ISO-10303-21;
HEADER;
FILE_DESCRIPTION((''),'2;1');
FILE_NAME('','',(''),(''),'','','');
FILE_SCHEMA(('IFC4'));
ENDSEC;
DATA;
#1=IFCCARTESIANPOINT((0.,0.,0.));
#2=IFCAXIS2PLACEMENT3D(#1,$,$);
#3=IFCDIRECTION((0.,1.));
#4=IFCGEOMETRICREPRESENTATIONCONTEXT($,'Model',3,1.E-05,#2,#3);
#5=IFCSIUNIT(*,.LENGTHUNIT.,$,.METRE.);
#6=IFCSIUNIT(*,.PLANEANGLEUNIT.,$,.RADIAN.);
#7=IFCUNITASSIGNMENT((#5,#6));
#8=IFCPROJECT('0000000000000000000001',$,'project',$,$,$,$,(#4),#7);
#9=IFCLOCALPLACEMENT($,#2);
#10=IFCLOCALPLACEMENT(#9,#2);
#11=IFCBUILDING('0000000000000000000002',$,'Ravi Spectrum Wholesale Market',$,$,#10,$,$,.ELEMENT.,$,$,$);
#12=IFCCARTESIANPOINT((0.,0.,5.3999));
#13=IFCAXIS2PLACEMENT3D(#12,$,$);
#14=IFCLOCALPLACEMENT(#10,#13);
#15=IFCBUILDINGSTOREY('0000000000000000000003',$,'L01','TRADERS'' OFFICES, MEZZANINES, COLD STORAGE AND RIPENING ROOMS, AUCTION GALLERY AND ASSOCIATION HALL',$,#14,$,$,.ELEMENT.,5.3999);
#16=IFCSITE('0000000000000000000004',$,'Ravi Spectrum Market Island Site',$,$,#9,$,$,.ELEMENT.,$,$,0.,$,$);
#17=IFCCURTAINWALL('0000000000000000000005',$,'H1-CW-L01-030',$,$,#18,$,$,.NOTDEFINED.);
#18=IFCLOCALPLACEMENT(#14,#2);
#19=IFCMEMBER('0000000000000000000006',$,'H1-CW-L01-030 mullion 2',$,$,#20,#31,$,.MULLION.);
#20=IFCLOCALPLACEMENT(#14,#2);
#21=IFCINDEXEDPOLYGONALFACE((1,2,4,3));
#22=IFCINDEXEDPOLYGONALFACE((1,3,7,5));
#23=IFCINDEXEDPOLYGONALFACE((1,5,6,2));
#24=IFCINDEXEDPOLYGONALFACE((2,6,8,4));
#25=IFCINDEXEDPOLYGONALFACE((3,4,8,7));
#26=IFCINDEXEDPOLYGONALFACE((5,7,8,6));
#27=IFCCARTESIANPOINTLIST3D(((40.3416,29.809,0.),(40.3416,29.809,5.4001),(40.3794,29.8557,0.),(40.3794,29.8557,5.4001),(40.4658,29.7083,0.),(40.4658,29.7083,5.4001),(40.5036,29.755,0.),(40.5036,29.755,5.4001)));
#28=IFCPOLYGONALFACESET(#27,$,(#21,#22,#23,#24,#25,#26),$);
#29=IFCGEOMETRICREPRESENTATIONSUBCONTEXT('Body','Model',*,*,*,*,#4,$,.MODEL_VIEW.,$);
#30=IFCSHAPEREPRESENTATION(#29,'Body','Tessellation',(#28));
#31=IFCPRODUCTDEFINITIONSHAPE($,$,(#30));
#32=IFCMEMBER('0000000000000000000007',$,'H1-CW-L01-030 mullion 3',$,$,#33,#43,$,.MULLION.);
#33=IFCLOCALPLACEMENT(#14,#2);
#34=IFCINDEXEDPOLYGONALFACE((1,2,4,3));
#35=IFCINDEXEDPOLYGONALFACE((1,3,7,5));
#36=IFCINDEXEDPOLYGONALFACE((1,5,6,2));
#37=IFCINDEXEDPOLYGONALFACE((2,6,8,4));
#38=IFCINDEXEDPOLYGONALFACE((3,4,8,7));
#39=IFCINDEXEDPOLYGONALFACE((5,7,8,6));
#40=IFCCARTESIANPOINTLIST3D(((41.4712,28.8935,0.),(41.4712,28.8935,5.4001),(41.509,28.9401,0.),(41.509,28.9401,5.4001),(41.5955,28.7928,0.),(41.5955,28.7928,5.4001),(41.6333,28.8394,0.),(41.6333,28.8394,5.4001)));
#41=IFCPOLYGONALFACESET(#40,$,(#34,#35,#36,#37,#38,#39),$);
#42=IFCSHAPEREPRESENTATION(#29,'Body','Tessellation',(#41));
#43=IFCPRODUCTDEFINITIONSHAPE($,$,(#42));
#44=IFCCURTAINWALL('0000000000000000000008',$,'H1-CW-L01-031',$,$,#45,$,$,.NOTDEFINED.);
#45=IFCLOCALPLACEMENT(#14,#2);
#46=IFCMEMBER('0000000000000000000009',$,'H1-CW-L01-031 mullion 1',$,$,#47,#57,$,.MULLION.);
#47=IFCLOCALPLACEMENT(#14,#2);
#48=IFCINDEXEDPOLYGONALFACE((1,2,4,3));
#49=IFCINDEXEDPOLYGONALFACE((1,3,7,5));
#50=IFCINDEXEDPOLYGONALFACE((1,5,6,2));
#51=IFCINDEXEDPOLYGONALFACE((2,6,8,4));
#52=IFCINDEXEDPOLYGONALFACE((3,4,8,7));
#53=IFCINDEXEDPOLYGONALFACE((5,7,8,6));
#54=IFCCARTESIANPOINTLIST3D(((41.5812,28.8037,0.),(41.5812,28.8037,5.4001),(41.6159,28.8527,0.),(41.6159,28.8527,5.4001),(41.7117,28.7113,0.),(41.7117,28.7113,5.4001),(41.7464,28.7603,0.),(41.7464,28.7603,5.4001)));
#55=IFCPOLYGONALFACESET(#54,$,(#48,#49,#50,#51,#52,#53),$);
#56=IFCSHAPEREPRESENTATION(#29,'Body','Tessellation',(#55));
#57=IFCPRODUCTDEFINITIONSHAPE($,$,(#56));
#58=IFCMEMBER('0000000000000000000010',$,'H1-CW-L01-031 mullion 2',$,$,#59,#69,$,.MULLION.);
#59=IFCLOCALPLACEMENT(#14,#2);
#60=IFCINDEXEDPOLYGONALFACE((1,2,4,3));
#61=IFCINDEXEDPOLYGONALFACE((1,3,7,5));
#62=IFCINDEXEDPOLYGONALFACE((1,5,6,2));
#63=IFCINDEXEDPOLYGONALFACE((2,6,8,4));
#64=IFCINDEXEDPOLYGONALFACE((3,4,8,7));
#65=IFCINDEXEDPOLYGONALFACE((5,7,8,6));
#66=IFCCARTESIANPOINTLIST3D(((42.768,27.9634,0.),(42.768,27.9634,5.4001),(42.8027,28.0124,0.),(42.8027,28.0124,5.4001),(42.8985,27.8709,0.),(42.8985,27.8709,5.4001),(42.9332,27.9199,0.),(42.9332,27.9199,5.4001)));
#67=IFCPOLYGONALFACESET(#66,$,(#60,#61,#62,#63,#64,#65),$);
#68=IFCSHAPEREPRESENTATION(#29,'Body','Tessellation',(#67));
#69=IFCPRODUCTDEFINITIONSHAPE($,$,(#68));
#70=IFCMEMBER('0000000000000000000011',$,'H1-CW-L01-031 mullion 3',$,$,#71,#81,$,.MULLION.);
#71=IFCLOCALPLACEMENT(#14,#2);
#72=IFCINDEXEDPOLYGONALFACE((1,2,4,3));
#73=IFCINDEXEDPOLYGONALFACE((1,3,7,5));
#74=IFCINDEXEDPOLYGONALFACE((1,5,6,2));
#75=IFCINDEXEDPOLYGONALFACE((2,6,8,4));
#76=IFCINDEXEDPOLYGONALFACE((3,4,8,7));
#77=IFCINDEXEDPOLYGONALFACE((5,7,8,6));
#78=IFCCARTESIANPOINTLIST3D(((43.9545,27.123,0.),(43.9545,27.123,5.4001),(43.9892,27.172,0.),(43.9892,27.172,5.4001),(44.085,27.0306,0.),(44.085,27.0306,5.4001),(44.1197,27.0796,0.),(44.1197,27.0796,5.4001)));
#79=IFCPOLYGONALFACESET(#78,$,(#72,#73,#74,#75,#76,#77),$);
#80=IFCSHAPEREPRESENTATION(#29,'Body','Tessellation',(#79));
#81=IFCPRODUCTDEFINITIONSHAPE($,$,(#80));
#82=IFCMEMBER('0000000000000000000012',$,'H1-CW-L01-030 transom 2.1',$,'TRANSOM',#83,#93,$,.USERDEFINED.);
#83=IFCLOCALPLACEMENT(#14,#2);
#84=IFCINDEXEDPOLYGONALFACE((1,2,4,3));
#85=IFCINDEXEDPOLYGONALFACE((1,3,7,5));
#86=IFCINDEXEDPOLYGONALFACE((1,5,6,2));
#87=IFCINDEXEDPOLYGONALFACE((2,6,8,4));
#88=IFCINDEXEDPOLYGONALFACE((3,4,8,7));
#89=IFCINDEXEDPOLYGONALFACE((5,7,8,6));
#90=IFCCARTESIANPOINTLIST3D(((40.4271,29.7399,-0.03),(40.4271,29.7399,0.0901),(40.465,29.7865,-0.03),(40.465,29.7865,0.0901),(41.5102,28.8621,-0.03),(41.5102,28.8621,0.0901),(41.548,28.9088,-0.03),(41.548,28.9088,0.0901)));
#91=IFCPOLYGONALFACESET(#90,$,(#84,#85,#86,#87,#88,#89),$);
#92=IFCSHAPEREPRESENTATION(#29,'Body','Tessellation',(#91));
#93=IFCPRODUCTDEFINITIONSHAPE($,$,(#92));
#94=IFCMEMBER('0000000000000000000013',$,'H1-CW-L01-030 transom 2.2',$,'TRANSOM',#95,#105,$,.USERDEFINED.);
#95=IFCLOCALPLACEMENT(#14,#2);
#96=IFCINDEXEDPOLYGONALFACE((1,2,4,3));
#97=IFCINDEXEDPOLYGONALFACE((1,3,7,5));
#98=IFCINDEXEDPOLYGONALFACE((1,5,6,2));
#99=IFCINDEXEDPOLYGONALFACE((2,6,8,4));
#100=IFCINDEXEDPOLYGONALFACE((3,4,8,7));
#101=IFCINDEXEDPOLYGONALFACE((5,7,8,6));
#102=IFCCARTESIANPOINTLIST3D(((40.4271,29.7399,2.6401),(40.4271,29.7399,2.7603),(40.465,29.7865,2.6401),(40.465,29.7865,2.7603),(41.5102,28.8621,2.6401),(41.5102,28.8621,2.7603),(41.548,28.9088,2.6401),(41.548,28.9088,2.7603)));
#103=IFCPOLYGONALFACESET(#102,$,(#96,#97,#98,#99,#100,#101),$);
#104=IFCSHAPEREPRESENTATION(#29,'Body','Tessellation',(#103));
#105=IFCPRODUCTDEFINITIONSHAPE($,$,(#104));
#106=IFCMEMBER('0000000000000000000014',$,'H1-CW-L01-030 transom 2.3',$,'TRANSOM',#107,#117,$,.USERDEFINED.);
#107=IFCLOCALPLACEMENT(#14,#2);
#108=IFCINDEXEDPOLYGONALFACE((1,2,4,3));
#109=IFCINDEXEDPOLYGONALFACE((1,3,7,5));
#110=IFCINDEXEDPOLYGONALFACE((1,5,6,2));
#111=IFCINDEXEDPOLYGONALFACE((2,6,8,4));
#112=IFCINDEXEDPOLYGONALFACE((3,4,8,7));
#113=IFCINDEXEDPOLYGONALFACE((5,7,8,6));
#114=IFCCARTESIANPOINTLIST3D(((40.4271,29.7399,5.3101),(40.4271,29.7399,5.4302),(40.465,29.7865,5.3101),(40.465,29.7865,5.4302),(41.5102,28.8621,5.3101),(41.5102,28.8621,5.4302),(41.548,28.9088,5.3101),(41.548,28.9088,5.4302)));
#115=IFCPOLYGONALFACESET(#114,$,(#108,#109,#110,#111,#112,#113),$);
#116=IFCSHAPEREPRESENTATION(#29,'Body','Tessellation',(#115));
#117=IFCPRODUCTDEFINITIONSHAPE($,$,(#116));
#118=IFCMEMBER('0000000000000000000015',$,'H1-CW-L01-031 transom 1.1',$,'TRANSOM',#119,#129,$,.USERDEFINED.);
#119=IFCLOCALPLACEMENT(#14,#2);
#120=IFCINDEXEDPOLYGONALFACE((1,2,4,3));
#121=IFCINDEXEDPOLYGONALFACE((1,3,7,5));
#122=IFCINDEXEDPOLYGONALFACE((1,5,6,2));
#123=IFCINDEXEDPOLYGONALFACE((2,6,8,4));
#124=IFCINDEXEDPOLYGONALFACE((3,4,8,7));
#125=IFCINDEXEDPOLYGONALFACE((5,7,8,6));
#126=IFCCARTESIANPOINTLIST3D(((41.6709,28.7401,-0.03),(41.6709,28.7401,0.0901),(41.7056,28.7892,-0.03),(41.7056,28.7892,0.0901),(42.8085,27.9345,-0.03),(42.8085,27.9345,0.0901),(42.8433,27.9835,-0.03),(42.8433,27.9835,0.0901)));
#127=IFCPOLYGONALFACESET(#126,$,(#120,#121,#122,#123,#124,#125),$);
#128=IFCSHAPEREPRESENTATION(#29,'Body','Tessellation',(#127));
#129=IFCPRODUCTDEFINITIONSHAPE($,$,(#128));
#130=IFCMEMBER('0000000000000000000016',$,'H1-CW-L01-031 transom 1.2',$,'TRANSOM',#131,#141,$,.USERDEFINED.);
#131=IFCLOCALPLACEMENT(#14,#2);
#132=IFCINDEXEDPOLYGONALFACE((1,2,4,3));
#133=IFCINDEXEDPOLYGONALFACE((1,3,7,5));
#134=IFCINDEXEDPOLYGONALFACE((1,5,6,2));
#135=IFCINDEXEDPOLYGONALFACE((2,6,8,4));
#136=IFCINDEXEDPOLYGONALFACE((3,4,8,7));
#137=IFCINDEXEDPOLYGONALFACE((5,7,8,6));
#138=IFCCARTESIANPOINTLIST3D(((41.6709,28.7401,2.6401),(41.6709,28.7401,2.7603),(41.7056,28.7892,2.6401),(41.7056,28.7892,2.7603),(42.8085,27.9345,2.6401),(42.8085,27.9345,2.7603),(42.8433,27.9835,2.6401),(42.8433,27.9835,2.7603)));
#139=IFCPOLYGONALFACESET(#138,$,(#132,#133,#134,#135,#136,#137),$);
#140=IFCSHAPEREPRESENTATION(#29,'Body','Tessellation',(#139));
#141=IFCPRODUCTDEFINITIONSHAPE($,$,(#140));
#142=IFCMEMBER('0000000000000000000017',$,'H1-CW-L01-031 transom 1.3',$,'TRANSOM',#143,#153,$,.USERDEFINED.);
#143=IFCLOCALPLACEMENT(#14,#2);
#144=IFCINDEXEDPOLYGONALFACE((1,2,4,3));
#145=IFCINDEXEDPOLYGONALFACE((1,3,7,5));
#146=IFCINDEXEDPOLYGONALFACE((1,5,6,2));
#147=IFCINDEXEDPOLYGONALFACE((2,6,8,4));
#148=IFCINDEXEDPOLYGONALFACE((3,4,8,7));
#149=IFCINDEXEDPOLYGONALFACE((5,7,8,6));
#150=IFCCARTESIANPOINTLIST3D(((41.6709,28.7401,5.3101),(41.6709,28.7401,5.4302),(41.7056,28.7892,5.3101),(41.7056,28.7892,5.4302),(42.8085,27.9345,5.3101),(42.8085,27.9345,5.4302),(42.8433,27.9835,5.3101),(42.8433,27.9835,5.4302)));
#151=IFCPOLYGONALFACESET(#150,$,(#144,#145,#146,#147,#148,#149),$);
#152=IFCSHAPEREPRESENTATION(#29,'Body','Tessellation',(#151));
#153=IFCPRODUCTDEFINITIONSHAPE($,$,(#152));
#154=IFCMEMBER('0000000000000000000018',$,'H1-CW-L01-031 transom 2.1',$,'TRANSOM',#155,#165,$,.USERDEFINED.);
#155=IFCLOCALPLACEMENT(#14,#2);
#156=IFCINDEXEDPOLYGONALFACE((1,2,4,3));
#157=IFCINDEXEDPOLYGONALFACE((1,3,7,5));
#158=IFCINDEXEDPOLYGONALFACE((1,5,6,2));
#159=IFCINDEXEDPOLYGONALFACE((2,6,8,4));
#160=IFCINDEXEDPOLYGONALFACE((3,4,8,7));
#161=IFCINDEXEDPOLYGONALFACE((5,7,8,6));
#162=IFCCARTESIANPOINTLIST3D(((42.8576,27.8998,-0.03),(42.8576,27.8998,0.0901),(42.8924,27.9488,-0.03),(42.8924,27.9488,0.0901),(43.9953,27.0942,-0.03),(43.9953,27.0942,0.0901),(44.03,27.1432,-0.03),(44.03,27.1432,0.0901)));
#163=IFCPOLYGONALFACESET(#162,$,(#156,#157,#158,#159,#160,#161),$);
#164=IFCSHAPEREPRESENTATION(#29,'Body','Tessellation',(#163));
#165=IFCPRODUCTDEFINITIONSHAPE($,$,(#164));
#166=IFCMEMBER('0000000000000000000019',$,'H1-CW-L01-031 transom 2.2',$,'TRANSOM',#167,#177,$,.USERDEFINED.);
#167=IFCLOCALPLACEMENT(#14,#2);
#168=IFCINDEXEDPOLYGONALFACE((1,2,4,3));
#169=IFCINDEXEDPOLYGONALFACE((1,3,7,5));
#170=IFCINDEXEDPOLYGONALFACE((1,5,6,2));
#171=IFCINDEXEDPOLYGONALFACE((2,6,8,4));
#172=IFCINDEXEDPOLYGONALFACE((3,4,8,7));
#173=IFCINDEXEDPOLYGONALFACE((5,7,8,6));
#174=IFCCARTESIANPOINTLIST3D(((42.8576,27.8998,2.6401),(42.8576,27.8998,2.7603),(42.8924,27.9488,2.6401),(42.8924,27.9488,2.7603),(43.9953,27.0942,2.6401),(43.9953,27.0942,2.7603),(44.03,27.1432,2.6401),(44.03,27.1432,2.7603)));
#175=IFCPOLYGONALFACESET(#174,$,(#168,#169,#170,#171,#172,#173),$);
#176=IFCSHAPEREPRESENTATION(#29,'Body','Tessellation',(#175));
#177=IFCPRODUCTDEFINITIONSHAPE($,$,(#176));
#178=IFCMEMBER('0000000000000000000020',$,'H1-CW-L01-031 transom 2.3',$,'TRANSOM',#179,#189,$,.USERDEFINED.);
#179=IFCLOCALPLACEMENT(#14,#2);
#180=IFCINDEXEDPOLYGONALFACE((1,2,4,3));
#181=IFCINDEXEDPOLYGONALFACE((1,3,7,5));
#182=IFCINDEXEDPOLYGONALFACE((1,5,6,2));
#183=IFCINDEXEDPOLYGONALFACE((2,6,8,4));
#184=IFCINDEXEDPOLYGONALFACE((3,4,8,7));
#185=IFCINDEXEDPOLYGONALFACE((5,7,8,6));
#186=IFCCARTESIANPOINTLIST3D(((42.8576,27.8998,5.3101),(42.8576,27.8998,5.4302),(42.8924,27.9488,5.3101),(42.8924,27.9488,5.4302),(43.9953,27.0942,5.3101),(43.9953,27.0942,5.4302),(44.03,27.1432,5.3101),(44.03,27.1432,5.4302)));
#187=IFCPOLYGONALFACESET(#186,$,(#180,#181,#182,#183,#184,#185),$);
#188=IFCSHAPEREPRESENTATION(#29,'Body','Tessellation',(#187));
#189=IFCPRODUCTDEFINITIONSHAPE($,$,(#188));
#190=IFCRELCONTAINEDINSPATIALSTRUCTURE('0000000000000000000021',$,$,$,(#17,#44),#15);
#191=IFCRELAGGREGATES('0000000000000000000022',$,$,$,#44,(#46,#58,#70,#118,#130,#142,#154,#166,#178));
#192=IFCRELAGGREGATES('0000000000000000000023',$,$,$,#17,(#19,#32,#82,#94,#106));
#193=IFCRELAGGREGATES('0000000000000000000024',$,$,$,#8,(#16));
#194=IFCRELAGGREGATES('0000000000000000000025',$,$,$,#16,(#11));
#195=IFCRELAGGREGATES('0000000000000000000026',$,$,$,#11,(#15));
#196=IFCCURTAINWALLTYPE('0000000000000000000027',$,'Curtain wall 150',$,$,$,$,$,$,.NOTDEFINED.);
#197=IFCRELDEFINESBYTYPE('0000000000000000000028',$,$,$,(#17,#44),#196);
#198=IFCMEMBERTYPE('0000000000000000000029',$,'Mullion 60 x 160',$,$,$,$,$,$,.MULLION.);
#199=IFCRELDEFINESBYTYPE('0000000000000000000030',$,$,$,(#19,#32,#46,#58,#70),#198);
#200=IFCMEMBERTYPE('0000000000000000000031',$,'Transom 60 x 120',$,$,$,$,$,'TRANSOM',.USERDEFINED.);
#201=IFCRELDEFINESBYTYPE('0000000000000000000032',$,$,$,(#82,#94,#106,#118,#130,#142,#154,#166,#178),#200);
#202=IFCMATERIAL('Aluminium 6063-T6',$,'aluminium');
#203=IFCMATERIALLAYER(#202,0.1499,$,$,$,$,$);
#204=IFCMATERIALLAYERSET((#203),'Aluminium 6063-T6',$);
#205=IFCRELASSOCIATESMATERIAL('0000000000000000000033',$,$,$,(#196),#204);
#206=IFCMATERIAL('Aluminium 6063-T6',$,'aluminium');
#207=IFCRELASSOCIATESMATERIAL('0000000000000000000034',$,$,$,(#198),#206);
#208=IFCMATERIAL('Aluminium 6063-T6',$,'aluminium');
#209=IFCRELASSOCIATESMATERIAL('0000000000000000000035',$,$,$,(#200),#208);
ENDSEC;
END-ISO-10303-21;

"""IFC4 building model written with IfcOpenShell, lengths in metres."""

from ifc_helpers import new_model, si_unit, direction, frame, origin, origin_2d, place, context, subcontext, project, spatial, rectangle, extrude, material, layer, layer_set, material_profile, profile_set, type_object, element, aggregate, save


model = new_model("IFC4")

# Units and contexts
model_context = context("Model", 3, precision=1e-05, world=origin(), true_north=direction((0.0, 1.0)))
body_context = subcontext(model_context, "Body", "Model", "MODEL_VIEW")
ifc_project = project(units=[si_unit("LENGTHUNIT", "METRE"), si_unit("PLANEANGLEUNIT", "RADIAN")], contexts=[model_context])

# Site, building, storey
site_placement = place(None, origin())
site = spatial("IfcSite", under=ifc_project, at=site_placement, Name="Ravi Spectrum Market Island Site", CompositionType="ELEMENT", RefElevation=0.0)
building_placement = place(site_placement, origin())
building = spatial("IfcBuilding", under=site, at=building_placement, Name="Ravi Spectrum Wholesale Market", CompositionType="ELEMENT")
storey_placement = place(building_placement, frame((0.0, 0.0, 5.3999)))
storey = spatial("IfcBuildingStorey", under=building, at=storey_placement, Name="L01", Description="TRADERS' OFFICES, MEZZANINES, COLD STORAGE AND RIPENING ROOMS, AUCTION GALLERY AND ASSOCIATION HALL", CompositionType="ELEMENT", Elevation=5.3999)

# Curtain walls, members
ifc_material_1 = material(Name="Aluminium 6063-T6", Category="aluminium")
ifc_layer_1 = layer(ifc_material_1, 0.1499)
ifc_layer_set_1 = layer_set([ifc_layer_1], Name="Aluminium 6063-T6")
curtain_wall_type = type_object("IfcCurtainWallType", Name="Curtain wall 150", PredefinedType="NOTDEFINED", material=ifc_layer_set_1)
curtain_wall_1_placement = place(storey_placement, origin())
curtain_wall_1 = element("IfcCurtainWall", 1, at=curtain_wall_1_placement, inside=storey, type_object=curtain_wall_type, Name="H1-CW-L01-030", PredefinedType="NOTDEFINED")
ifc_material_2 = material(Name="Aluminium 6063-T6", Category="aluminium")
ifc_material_profile_1 = material_profile(ifc_material_2, rectangle(XDim=0.0601, YDim=0.1599, at=origin_2d()))
ifc_profile_set_1 = profile_set([ifc_material_profile_1], Name="Aluminium 6063-T6")
member_type_1 = type_object("IfcMemberType", Name="Mullion 60 x 160", PredefinedType="MULLION", material=ifc_profile_set_1)
member_1_placement = place(storey_placement, frame((40.4226, 29.782, 0.0), z_axis=(0.0, 0.0, 1.0), x_axis=(0.629635, 0.776891, 0.0)))
member_1 = element("IfcMember", 2, at=member_1_placement, type_object=member_type_1, Name="H1-CW-L01-030 mullion 2", PredefinedType="MULLION", context=body_context, shape_type="SweptSolid", body=[
    extrude(rectangle(XDim=0.0601, YDim=0.1599, at=origin_2d()), origin(), (0.0, 0.0, 1.0), 5.4001),
])
member_2_placement = place(storey_placement, frame((41.5522, 28.8665, 0.0), z_axis=(0.0, 0.0, 1.0), x_axis=(0.629635, 0.776891, 0.0)))
member_2 = element("IfcMember", 3, at=member_2_placement, type_object=member_type_1, Name="H1-CW-L01-030 mullion 3", PredefinedType="MULLION", context=body_context, shape_type="SweptSolid", body=[
    extrude(rectangle(XDim=0.0601, YDim=0.1599, at=origin_2d()), origin(), (0.0, 0.0, 1.0), 5.4001),
])
curtain_wall_2_placement = place(storey_placement, origin())
curtain_wall_2 = element("IfcCurtainWall", 4, at=curtain_wall_2_placement, inside=storey, type_object=curtain_wall_type, Name="H1-CW-L01-031", PredefinedType="NOTDEFINED")
member_3_placement = place(storey_placement, frame((41.6638, 28.782, 0.0), z_axis=(0.0, 0.0, 1.0), x_axis=(0.577953, 0.81607, 0.0)))
member_3 = element("IfcMember", 5, at=member_3_placement, type_object=member_type_1, Name="H1-CW-L01-031 mullion 1", PredefinedType="MULLION", context=body_context, shape_type="SweptSolid", body=[
    extrude(rectangle(XDim=0.0601, YDim=0.1599, at=origin_2d()), origin(), (0.0, 0.0, 1.0), 5.4001),
])
member_4_placement = place(storey_placement, frame((42.8506, 27.9417, 0.0), z_axis=(0.0, 0.0, 1.0), x_axis=(0.577953, 0.81607, 0.0)))
member_4 = element("IfcMember", 6, at=member_4_placement, type_object=member_type_1, Name="H1-CW-L01-031 mullion 2", PredefinedType="MULLION", context=body_context, shape_type="SweptSolid", body=[
    extrude(rectangle(XDim=0.0601, YDim=0.1599, at=origin_2d()), origin(), (0.0, 0.0, 1.0), 5.4001),
])
member_5_placement = place(storey_placement, frame((44.0371, 27.1013, 0.0), z_axis=(0.0, 0.0, 1.0), x_axis=(0.577953, 0.81607, 0.0)))
member_5 = element("IfcMember", 7, at=member_5_placement, type_object=member_type_1, Name="H1-CW-L01-031 mullion 3", PredefinedType="MULLION", context=body_context, shape_type="SweptSolid", body=[
    extrude(rectangle(XDim=0.0601, YDim=0.1599, at=origin_2d()), origin(), (0.0, 0.0, 1.0), 5.4001),
])

# Members
ifc_material_3 = material(Name="Aluminium 6063-T6", Category="aluminium")
ifc_material_profile_2 = material_profile(ifc_material_3, rectangle(XDim=0.0601, YDim=0.1201, at=origin_2d()))
ifc_profile_set_2 = profile_set([ifc_material_profile_2], Name="Aluminium 6063-T6")
member_type_2 = type_object("IfcMemberType", Name="Transom 60 x 120", ElementType="TRANSOM", PredefinedType="USERDEFINED", material=ifc_profile_set_2)
member_6_placement = place(storey_placement, frame((40.446, 29.7632, 0.03), z_axis=(0.776906, -0.629616, 0.0), x_axis=(0.629616, 0.776906, 0.0)))
member_6 = element("IfcMember", 8, at=member_6_placement, type_object=member_type_2, Name="H1-CW-L01-030 transom 2.1", ObjectType="TRANSOM", PredefinedType="USERDEFINED", context=body_context, shape_type="SweptSolid", body=[
    extrude(rectangle(XDim=0.0601, YDim=0.1201, at=origin_2d()), origin(), (0.0, 0.0, 1.0), 1.394),
])
member_7_placement = place(storey_placement, frame((40.446, 29.7632, 2.7002), z_axis=(0.776906, -0.629616, 0.0), x_axis=(0.629616, 0.776906, 0.0)))
member_7 = element("IfcMember", 9, at=member_7_placement, type_object=member_type_2, Name="H1-CW-L01-030 transom 2.2", ObjectType="TRANSOM", PredefinedType="USERDEFINED", context=body_context, shape_type="SweptSolid", body=[
    extrude(rectangle(XDim=0.0601, YDim=0.1201, at=origin_2d()), origin(), (0.0, 0.0, 1.0), 1.394),
])
member_8_placement = place(storey_placement, frame((40.446, 29.7632, 5.3701), z_axis=(0.776906, -0.629616, 0.0), x_axis=(0.629616, 0.776906, 0.0)))
member_8 = element("IfcMember", 10, at=member_8_placement, type_object=member_type_2, Name="H1-CW-L01-030 transom 2.3", ObjectType="TRANSOM", PredefinedType="USERDEFINED", context=body_context, shape_type="SweptSolid", body=[
    extrude(rectangle(XDim=0.0601, YDim=0.1201, at=origin_2d()), origin(), (0.0, 0.0, 1.0), 1.394),
])
member_9_placement = place(storey_placement, frame((41.6882, 28.7646, 0.03), z_axis=(0.816093, -0.57792, 0.0), x_axis=(0.57792, 0.816093, 0.0)))
member_9 = element("IfcMember", 11, at=member_9_placement, type_object=member_type_2, Name="H1-CW-L01-031 transom 1.1", ObjectType="TRANSOM", PredefinedType="USERDEFINED", context=body_context, shape_type="SweptSolid", body=[
    extrude(rectangle(XDim=0.0601, YDim=0.1201, at=origin_2d()), origin(), (0.0, 0.0, 1.0), 1.394),
])
member_10_placement = place(storey_placement, frame((41.6882, 28.7646, 2.7002), z_axis=(0.816093, -0.57792, 0.0), x_axis=(0.57792, 0.816093, 0.0)))
member_10 = element("IfcMember", 12, at=member_10_placement, type_object=member_type_2, Name="H1-CW-L01-031 transom 1.2", ObjectType="TRANSOM", PredefinedType="USERDEFINED", context=body_context, shape_type="SweptSolid", body=[
    extrude(rectangle(XDim=0.0601, YDim=0.1201, at=origin_2d()), origin(), (0.0, 0.0, 1.0), 1.394),
])
member_11_placement = place(storey_placement, frame((41.6882, 28.7646, 5.3701), z_axis=(0.816093, -0.57792, 0.0), x_axis=(0.57792, 0.816093, 0.0)))
member_11 = element("IfcMember", 13, at=member_11_placement, type_object=member_type_2, Name="H1-CW-L01-031 transom 1.3", ObjectType="TRANSOM", PredefinedType="USERDEFINED", context=body_context, shape_type="SweptSolid", body=[
    extrude(rectangle(XDim=0.0601, YDim=0.1201, at=origin_2d()), origin(), (0.0, 0.0, 1.0), 1.394),
])
member_12_placement = place(storey_placement, frame((42.875, 27.9243, 0.03), z_axis=(0.816093, -0.57792, 0.0), x_axis=(0.57792, 0.816093, 0.0)))
member_12 = element("IfcMember", 14, at=member_12_placement, type_object=member_type_2, Name="H1-CW-L01-031 transom 2.1", ObjectType="TRANSOM", PredefinedType="USERDEFINED", context=body_context, shape_type="SweptSolid", body=[
    extrude(rectangle(XDim=0.0601, YDim=0.1201, at=origin_2d()), origin(), (0.0, 0.0, 1.0), 1.394),
])
member_13_placement = place(storey_placement, frame((42.875, 27.9243, 2.7002), z_axis=(0.816093, -0.57792, 0.0), x_axis=(0.57792, 0.816093, 0.0)))
member_13 = element("IfcMember", 15, at=member_13_placement, type_object=member_type_2, Name="H1-CW-L01-031 transom 2.2", ObjectType="TRANSOM", PredefinedType="USERDEFINED", context=body_context, shape_type="SweptSolid", body=[
    extrude(rectangle(XDim=0.0601, YDim=0.1201, at=origin_2d()), origin(), (0.0, 0.0, 1.0), 1.394),
])
member_14_placement = place(storey_placement, frame((42.875, 27.9243, 5.3701), z_axis=(0.816093, -0.57792, 0.0), x_axis=(0.57792, 0.816093, 0.0)))
member_14 = element("IfcMember", 16, at=member_14_placement, type_object=member_type_2, Name="H1-CW-L01-031 transom 2.3", ObjectType="TRANSOM", PredefinedType="USERDEFINED", context=body_context, shape_type="SweptSolid", body=[
    extrude(rectangle(XDim=0.0601, YDim=0.1201, at=origin_2d()), origin(), (0.0, 0.0, 1.0), 1.394),
])

aggregate(curtain_wall_2, [member_3, member_4, member_5, member_9, member_10, member_11, member_12, member_13, member_14])
aggregate(curtain_wall_1, [member_1, member_2, member_6, member_7, member_8])

save(model, "model.ifc")
